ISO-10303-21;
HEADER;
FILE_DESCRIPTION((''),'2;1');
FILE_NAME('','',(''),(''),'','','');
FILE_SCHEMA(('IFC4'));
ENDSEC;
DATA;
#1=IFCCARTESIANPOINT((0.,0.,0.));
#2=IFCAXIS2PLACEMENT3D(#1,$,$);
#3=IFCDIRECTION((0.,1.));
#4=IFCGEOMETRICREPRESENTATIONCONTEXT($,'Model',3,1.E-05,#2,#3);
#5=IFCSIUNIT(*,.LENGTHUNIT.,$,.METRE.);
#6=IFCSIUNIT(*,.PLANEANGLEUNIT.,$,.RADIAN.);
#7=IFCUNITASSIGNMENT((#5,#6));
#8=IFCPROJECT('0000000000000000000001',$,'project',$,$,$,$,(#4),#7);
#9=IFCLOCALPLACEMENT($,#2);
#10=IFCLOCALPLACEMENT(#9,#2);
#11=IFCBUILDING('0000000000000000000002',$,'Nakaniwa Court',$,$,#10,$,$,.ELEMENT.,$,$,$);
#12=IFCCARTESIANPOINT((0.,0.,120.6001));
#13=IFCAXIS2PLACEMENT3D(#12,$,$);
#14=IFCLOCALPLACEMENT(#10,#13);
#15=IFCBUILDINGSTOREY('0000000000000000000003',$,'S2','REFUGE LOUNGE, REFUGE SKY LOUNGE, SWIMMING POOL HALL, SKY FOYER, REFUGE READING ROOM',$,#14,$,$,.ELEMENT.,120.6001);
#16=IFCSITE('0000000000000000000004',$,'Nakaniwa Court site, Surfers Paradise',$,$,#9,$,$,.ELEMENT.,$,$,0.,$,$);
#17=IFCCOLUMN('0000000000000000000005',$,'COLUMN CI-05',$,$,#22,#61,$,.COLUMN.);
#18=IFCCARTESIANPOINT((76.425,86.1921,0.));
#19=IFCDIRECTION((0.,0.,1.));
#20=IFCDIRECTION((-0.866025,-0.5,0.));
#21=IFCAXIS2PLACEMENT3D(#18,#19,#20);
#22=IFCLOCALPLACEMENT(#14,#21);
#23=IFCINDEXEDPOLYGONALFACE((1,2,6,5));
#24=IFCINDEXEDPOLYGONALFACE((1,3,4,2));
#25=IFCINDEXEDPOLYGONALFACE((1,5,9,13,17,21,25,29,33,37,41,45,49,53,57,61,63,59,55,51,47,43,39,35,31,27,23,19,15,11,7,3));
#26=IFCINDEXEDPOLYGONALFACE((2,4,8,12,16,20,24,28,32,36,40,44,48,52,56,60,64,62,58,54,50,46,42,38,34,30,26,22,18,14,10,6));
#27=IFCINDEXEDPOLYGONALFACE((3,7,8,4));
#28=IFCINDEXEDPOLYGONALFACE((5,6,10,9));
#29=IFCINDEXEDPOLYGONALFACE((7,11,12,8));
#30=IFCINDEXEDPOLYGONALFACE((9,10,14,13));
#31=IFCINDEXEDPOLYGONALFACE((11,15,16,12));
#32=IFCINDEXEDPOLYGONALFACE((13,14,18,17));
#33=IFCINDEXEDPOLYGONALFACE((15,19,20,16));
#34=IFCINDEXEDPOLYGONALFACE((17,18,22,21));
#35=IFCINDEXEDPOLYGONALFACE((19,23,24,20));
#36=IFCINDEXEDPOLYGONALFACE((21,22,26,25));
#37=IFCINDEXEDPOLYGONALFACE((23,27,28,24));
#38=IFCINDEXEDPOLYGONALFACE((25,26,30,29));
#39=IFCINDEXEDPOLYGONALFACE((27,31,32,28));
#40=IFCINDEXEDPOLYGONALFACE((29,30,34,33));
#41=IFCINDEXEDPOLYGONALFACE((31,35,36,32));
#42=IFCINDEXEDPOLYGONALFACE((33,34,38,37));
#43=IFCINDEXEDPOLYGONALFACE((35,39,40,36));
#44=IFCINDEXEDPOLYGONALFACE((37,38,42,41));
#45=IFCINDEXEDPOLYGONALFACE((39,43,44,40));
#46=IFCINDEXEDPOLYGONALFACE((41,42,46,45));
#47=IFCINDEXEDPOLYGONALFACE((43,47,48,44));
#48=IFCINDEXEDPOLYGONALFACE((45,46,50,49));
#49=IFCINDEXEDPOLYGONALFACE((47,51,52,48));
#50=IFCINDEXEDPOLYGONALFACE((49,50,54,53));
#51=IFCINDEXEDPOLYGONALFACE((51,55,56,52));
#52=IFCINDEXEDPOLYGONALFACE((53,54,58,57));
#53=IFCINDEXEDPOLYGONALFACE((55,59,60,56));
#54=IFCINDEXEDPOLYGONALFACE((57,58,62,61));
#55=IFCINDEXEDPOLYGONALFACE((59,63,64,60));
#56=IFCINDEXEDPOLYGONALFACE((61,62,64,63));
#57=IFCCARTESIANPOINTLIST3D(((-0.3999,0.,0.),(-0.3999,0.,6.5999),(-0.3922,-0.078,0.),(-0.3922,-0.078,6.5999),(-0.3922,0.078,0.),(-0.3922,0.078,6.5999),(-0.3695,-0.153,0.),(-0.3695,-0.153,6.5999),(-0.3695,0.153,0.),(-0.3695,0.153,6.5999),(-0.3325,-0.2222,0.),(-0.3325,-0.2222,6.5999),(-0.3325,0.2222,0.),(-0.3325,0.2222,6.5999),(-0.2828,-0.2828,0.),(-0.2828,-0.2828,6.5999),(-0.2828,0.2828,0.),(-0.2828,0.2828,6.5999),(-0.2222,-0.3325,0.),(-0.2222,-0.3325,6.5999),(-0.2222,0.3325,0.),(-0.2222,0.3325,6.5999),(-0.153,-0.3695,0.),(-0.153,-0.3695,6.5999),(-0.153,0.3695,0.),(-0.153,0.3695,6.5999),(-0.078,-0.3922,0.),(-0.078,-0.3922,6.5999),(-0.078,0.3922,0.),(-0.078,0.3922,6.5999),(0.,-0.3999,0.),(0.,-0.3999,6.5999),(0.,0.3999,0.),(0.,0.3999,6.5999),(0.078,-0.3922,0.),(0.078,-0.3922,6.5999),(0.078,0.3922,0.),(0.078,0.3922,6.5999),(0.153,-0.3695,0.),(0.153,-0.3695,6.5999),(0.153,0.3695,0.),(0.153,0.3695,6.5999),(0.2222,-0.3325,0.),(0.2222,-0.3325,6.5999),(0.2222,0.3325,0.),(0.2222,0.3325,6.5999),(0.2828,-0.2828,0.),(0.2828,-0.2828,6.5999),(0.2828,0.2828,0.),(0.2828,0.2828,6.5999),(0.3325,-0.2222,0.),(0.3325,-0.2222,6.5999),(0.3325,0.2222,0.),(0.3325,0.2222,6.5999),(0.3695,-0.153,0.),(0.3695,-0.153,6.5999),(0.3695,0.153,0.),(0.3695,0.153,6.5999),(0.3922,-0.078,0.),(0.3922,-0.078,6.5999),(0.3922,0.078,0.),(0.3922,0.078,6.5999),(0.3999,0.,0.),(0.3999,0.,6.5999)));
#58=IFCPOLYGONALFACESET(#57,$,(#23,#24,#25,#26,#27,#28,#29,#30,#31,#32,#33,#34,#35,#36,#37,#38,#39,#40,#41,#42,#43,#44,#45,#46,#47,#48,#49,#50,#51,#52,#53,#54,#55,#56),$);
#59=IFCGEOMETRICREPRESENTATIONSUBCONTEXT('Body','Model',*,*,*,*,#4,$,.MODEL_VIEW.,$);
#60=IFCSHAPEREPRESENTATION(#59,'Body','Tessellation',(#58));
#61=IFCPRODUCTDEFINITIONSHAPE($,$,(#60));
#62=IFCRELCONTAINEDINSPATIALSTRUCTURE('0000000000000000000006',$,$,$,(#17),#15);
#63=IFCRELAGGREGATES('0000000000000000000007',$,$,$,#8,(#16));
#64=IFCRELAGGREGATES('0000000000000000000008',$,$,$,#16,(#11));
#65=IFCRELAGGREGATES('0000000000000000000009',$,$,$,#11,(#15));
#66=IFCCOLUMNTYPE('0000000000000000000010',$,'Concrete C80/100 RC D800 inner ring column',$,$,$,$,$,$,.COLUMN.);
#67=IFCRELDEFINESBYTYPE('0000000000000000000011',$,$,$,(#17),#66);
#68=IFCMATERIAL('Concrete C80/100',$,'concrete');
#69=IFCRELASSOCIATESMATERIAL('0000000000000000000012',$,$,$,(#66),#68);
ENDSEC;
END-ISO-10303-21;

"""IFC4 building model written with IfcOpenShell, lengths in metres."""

from ifc_helpers import new_model, si_unit, direction, frame, origin, origin_2d, place, context, subcontext, project, spatial, circle, extrude, material, material_profile, profile_set, type_object, element, save


model = new_model("IFC4")

# Units and contexts
model_context = context("Model", 3, precision=1e-05, world=origin(), true_north=direction((0.0, 1.0)))
body_context = subcontext(model_context, "Body", "Model", "MODEL_VIEW")
ifc_project = project(units=[si_unit("LENGTHUNIT", "METRE"), si_unit("PLANEANGLEUNIT", "RADIAN")], contexts=[model_context])

# Site, building, storey
site_placement = place(None, origin())
site = spatial("IfcSite", under=ifc_project, at=site_placement, Name="Nakaniwa Court site, Surfers Paradise", CompositionType="ELEMENT", RefElevation=0.0)
building_placement = place(site_placement, origin())
building = spatial("IfcBuilding", under=site, at=building_placement, Name="Nakaniwa Court", CompositionType="ELEMENT")
storey_placement = place(building_placement, frame((0.0, 0.0, 120.6001)))
storey = spatial("IfcBuildingStorey", under=building, at=storey_placement, Name="S2", Description="REFUGE LOUNGE, REFUGE SKY LOUNGE, SWIMMING POOL HALL, SKY FOYER, REFUGE READING ROOM", CompositionType="ELEMENT", Elevation=120.6001)

# Column
ifc_material_1 = material(Name="Concrete C80/100", Category="concrete")
ifc_material_profile_1 = material_profile(ifc_material_1, circle(Radius=0.3999, at=origin_2d()), Name="Concrete C80/100 RC D800 inner ring column")
ifc_profile_set_1 = profile_set([ifc_material_profile_1], Name="Concrete C80/100")
column_type_1 = type_object("IfcColumnType", Name="Concrete C80/100 RC D800 inner ring column", PredefinedType="COLUMN", material=ifc_profile_set_1)
column_1_placement = place(storey_placement, frame((76.425, 86.1921, 0.0), z_axis=(0.0, 0.0, 1.0), x_axis=(-0.866025, -0.5, 0.0)))
element("IfcColumn", 1, at=column_1_placement, inside=storey, type_object=column_type_1, Name="COLUMN CI-05", PredefinedType="COLUMN", context=body_context, shape_type="SweptSolid", body=[
    extrude(circle(Radius=0.3999, at=origin_2d()), origin(), (0.0, 0.0, 1.0), 6.5999),
])

save(model, "model.ifc")
